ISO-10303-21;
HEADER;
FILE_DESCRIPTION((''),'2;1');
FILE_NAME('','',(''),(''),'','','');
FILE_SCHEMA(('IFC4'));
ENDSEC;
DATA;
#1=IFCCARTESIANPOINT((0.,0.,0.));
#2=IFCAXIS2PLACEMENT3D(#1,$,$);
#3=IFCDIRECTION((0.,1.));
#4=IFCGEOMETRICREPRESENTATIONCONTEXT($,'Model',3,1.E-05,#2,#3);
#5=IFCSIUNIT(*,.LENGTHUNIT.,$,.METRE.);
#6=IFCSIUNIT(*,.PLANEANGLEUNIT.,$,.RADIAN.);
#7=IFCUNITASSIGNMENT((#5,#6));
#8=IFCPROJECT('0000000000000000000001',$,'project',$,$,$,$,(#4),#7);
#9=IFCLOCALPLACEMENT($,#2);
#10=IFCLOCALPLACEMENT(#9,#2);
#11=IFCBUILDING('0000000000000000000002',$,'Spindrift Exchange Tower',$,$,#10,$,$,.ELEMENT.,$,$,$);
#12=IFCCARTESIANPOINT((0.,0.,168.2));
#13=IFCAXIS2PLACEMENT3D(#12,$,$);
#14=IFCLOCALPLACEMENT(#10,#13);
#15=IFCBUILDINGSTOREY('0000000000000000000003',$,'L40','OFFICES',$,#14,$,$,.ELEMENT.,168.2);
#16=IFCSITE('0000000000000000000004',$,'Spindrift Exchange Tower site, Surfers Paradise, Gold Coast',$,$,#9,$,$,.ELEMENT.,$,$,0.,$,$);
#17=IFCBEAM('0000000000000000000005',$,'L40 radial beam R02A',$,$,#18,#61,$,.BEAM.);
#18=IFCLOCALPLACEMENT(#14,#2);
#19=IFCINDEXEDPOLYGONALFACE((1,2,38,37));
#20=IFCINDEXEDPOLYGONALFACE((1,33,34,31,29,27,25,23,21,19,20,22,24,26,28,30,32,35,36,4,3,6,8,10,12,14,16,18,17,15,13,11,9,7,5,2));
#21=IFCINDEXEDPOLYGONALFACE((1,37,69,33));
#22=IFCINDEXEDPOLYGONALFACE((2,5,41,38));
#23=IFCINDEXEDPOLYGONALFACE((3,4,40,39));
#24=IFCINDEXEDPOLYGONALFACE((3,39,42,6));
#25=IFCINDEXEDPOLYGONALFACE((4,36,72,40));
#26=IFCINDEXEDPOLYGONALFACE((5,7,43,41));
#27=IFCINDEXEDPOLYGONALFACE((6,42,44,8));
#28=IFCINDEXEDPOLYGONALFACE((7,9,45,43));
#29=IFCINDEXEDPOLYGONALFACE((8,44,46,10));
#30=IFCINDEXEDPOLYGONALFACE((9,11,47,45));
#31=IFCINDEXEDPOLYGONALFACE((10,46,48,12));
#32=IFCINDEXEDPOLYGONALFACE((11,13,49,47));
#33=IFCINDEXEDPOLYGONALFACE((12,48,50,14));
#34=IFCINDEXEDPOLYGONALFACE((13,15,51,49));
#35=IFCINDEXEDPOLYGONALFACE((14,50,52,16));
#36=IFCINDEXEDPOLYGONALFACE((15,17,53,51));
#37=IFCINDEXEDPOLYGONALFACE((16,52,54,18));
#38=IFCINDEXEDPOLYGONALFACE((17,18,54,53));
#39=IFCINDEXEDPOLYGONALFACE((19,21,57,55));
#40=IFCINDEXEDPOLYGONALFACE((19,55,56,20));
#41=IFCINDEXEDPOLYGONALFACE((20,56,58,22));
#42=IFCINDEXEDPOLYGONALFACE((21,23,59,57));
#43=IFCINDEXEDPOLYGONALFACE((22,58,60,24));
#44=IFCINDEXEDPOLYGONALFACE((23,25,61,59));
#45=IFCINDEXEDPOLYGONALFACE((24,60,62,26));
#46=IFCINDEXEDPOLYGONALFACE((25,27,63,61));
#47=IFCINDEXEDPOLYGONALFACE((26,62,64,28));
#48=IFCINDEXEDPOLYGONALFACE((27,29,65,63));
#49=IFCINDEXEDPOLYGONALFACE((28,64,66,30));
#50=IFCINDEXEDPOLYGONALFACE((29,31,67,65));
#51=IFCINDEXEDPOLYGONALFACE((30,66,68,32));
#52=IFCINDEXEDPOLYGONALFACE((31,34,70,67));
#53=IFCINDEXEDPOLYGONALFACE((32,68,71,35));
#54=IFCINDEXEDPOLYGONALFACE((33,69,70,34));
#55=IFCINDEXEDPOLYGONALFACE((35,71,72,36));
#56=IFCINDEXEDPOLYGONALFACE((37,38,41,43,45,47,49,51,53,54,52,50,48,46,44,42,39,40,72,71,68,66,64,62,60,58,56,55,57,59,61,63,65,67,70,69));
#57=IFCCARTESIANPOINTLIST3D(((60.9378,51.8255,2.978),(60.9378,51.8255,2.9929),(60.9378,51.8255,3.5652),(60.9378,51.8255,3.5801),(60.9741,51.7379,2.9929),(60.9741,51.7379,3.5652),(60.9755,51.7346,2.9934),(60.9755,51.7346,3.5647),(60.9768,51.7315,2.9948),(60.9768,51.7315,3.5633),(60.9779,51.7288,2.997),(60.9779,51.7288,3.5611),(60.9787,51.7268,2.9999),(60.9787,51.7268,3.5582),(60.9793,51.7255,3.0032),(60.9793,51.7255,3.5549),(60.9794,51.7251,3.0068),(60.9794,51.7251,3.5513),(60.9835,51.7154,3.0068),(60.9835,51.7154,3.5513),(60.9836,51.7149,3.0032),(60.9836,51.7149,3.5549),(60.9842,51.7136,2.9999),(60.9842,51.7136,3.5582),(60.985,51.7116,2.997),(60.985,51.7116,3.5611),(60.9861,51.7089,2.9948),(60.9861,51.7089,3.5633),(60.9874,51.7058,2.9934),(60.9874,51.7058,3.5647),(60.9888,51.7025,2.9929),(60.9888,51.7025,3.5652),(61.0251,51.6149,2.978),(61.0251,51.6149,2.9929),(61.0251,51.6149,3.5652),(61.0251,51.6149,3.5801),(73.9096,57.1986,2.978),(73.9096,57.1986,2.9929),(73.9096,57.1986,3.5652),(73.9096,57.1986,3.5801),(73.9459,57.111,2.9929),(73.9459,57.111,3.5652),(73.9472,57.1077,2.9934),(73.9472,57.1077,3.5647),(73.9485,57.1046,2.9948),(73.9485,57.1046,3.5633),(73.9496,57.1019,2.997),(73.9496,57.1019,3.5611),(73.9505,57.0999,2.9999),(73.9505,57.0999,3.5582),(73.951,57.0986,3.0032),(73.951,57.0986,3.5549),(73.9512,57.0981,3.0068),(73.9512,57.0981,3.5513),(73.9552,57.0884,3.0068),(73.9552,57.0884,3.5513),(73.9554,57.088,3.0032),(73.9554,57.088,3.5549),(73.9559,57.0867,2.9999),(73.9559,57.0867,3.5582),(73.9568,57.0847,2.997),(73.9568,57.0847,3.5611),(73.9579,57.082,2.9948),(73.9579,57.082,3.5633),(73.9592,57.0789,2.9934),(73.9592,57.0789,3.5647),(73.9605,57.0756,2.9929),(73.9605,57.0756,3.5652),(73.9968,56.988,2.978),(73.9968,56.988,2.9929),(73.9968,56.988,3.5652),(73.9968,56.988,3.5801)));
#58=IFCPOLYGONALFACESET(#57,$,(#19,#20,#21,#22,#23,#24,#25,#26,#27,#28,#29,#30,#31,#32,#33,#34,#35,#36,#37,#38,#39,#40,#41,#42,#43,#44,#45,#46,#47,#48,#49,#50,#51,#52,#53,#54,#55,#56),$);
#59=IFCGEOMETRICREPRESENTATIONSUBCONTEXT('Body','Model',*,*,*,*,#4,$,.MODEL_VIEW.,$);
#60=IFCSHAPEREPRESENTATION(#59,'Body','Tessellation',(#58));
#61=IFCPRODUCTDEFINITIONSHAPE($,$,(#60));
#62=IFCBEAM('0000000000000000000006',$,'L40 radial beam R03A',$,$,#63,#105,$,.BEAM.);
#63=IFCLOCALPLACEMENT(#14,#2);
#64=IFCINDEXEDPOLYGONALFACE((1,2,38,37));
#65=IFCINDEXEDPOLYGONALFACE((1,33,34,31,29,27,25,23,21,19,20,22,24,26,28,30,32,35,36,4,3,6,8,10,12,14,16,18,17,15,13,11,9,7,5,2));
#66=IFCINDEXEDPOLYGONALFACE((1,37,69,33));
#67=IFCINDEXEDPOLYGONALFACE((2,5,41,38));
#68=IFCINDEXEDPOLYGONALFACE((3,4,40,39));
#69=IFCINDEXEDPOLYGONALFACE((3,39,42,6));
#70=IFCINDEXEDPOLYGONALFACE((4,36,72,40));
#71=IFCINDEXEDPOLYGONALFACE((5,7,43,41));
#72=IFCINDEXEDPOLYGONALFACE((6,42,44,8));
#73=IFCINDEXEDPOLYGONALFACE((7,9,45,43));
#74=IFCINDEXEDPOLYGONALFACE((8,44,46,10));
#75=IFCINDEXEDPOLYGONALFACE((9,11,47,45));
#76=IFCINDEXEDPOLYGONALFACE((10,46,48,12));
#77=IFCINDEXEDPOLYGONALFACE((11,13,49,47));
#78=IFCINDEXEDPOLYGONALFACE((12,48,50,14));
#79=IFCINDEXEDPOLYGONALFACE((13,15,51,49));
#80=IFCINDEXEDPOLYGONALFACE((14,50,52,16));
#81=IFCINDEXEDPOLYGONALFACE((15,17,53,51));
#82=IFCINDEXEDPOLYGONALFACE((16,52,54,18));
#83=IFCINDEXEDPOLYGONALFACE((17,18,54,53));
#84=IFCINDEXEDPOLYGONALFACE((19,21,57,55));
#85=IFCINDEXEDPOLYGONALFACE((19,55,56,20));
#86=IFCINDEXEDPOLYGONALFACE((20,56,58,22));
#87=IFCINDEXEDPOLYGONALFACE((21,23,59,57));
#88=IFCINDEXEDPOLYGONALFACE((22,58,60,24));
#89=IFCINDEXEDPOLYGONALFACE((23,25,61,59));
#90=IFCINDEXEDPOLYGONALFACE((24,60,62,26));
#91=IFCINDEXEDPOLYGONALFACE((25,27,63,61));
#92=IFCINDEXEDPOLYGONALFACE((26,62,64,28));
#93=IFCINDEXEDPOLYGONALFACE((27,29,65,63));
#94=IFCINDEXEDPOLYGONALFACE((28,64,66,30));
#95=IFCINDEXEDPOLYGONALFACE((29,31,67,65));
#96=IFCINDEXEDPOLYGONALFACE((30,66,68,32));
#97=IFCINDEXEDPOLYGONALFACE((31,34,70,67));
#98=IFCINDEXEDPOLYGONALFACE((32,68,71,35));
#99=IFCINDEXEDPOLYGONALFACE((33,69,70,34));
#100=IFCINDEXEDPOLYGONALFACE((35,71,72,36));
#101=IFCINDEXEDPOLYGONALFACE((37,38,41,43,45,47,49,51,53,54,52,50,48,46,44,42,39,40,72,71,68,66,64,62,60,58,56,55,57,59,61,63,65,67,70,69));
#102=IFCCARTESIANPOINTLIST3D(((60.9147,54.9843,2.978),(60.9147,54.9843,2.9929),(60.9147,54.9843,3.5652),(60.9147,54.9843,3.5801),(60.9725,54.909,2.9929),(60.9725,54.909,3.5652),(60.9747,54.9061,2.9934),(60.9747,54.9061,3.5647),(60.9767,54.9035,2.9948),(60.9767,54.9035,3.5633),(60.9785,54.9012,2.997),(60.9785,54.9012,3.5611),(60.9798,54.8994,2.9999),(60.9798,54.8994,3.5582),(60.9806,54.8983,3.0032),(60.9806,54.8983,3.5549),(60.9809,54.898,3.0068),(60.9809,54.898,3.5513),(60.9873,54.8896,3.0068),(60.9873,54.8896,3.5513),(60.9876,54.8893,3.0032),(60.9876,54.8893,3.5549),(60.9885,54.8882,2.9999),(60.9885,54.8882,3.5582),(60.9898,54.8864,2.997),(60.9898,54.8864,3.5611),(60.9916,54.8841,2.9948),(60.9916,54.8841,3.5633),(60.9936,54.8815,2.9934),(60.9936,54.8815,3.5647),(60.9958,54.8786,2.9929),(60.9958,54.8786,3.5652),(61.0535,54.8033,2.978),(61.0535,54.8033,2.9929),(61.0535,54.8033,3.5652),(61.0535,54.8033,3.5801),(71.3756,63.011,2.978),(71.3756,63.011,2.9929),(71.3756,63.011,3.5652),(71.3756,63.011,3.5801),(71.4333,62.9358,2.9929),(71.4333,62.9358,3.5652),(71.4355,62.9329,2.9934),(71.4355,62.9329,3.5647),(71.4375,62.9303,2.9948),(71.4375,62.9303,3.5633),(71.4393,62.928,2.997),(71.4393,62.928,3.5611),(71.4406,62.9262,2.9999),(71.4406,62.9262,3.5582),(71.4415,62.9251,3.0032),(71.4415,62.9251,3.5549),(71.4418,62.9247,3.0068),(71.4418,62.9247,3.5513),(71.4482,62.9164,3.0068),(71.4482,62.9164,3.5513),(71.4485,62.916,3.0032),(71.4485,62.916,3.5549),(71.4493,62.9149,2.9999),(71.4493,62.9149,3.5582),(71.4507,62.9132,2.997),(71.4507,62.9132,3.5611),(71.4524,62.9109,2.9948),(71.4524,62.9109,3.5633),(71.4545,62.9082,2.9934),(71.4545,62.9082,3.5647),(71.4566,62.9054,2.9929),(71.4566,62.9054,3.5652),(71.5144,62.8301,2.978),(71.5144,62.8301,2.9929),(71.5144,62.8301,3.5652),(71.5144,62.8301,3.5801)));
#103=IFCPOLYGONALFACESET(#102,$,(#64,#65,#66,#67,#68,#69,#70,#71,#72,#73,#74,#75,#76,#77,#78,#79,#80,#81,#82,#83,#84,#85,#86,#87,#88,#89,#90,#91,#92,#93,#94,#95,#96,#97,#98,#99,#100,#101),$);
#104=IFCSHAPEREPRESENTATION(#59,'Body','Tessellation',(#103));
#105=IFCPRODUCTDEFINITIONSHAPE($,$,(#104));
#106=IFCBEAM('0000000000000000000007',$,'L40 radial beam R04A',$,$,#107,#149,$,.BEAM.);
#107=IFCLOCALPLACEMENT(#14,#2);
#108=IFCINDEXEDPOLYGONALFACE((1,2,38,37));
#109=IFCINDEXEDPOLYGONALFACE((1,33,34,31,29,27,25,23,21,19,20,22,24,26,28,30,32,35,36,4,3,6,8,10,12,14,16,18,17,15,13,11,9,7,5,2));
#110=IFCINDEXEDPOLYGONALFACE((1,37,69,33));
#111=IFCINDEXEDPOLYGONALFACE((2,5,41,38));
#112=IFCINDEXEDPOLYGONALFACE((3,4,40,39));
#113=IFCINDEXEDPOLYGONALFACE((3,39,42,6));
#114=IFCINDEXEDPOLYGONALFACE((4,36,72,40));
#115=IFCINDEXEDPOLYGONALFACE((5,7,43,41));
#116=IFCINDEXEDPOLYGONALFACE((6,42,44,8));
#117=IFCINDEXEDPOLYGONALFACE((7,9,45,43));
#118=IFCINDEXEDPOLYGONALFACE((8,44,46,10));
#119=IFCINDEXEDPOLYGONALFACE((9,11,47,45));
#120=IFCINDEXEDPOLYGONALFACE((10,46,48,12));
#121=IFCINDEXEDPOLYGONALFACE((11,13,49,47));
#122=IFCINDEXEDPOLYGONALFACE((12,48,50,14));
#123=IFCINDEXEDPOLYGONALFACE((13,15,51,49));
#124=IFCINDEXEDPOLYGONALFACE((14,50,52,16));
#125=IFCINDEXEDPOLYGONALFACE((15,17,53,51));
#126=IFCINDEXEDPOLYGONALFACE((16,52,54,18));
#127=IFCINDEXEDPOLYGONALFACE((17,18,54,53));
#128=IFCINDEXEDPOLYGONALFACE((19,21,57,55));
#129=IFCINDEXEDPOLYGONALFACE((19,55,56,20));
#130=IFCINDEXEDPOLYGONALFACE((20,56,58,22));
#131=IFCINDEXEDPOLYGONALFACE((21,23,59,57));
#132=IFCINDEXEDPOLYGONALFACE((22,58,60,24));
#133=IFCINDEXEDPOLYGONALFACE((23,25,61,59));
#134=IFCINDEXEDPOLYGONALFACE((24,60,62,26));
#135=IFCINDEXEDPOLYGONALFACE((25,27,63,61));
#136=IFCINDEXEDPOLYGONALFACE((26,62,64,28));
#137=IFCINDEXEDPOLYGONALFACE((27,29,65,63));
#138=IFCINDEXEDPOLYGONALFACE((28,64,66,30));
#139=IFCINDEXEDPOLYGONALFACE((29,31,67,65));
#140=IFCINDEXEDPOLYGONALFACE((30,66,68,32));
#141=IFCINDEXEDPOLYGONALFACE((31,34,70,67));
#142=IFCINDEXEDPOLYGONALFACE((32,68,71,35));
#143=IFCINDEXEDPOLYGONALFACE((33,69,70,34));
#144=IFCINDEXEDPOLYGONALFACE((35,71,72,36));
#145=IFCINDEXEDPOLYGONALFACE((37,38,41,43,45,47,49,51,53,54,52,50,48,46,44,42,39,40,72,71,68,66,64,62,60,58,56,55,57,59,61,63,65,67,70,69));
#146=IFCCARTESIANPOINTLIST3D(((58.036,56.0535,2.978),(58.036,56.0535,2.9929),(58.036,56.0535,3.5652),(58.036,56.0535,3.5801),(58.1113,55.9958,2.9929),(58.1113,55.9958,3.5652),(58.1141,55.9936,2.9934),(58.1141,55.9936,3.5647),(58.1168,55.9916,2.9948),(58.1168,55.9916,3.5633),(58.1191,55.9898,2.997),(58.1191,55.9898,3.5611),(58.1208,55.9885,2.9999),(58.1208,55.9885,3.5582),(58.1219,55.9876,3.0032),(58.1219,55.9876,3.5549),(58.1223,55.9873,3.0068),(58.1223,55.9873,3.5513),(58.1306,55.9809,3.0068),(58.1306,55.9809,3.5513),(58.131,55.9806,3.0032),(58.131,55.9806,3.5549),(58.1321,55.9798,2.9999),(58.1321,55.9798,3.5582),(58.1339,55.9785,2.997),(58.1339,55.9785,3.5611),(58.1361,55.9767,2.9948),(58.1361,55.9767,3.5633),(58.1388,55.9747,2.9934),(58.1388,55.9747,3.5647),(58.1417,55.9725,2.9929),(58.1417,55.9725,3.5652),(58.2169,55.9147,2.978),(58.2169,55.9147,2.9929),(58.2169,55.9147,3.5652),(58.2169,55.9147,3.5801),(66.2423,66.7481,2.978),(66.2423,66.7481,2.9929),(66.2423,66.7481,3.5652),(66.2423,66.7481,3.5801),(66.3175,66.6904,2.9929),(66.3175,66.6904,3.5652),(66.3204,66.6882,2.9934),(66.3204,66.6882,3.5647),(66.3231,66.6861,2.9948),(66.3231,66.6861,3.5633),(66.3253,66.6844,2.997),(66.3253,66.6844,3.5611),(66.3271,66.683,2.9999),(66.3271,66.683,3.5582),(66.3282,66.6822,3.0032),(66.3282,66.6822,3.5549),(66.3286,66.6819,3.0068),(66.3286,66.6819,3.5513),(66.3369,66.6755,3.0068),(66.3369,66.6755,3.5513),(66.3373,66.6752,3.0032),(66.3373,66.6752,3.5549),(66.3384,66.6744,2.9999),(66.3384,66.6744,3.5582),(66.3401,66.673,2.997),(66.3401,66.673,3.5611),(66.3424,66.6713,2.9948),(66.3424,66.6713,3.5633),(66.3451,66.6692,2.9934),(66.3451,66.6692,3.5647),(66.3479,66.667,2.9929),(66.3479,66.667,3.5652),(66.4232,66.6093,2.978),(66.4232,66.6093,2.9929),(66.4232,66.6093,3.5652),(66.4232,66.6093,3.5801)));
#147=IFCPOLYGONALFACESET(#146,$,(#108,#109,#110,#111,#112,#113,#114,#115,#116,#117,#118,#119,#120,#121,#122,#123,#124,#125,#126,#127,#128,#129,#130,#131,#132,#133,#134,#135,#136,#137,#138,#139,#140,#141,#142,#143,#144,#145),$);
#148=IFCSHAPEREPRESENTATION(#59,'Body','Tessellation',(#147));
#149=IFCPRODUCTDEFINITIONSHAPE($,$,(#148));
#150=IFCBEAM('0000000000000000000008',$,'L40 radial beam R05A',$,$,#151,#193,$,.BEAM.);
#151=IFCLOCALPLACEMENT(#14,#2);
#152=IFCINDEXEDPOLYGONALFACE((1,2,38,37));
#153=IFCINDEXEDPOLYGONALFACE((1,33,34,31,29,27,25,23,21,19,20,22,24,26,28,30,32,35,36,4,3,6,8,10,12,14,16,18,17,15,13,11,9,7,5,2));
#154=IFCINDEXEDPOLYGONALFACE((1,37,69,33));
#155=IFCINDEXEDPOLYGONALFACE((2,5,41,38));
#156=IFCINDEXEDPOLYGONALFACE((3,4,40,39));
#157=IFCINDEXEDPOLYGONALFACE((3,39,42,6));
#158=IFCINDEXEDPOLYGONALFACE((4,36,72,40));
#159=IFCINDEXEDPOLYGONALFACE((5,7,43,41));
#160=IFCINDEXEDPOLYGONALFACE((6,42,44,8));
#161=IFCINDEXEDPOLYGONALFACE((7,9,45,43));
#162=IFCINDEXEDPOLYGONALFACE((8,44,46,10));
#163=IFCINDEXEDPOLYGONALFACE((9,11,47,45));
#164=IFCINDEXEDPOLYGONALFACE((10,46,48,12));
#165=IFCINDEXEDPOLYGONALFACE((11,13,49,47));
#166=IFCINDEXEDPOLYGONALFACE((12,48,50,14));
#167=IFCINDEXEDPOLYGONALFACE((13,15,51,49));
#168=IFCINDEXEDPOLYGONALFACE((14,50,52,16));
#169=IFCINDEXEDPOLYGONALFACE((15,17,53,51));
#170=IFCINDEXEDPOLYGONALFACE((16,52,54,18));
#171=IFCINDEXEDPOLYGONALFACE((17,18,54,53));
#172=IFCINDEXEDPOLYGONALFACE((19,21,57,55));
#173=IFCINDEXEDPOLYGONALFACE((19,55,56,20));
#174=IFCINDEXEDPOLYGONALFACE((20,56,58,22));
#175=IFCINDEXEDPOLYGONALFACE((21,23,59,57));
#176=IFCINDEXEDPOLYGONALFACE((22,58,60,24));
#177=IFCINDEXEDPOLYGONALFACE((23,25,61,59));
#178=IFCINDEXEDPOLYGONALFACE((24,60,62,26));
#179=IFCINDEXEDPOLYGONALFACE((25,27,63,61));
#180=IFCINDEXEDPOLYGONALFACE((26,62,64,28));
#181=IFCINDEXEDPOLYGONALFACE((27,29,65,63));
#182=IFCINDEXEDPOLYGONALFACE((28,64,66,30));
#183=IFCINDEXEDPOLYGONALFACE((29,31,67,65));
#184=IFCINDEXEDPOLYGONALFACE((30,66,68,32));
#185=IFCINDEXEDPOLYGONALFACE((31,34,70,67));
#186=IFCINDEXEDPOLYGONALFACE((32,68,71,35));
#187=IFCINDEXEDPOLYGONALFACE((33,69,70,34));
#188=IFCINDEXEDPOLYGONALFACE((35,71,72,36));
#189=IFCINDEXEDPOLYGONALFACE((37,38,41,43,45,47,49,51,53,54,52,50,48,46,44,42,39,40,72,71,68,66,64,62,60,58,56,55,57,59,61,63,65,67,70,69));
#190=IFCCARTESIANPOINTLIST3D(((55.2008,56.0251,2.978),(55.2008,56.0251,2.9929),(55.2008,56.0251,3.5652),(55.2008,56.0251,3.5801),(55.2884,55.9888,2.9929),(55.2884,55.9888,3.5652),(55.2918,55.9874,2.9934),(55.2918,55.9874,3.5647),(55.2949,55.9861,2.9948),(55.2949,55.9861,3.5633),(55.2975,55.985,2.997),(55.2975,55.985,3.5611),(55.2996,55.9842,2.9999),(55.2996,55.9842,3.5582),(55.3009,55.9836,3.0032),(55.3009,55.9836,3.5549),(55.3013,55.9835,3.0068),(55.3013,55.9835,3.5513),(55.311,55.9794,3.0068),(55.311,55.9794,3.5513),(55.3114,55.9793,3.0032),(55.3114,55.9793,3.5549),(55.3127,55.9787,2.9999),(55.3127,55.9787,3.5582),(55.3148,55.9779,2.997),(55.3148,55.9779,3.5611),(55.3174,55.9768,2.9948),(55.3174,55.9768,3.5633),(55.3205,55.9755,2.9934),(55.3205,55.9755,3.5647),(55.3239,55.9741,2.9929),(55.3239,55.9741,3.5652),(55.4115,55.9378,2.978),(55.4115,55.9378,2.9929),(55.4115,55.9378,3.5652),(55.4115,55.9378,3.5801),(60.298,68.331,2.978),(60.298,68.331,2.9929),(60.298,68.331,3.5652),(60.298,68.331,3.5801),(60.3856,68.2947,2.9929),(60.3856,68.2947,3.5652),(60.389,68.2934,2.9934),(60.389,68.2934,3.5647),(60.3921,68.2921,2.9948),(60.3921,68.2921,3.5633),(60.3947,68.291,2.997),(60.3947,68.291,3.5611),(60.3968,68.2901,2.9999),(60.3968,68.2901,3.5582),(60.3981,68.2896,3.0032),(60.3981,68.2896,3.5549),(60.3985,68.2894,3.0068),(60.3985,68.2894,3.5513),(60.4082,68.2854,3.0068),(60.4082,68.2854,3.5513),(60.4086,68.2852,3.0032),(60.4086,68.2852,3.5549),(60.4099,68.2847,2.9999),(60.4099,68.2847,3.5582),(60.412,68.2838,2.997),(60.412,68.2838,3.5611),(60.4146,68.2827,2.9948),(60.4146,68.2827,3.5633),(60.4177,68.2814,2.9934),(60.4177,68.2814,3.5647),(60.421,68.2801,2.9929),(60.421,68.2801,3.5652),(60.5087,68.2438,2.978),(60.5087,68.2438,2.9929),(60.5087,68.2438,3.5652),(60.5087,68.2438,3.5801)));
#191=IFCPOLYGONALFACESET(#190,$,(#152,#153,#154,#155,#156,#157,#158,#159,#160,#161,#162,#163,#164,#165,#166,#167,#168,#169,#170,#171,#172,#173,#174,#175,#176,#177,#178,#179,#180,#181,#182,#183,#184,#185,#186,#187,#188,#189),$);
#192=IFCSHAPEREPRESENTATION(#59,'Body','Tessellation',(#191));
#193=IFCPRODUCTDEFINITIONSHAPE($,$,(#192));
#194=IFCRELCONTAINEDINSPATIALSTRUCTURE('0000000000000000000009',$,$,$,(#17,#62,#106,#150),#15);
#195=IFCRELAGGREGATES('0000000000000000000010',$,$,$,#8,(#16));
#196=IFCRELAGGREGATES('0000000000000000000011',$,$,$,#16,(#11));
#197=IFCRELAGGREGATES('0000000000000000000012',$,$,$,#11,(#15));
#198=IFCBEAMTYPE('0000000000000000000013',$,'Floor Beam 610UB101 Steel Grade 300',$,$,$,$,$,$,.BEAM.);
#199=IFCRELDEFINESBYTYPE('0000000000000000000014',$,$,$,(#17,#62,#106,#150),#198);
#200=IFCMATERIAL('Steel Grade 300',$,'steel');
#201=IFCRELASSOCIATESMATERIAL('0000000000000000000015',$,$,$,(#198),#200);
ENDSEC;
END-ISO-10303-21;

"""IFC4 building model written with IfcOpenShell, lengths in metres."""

from ifc_helpers import new_model, si_unit, direction, frame, origin, origin_2d, place, context, subcontext, project, spatial, i_section, extrude, source, transform, mapped, material, material_profile, profile_set, type_object, element, save


model = new_model("IFC4")

# Units and contexts
model_context = context("Model", 3, precision=1e-05, world=origin(), true_north=direction((0.0, 1.0)))
body_context = subcontext(model_context, "Body", "Model", "MODEL_VIEW")
ifc_project = project(units=[si_unit("LENGTHUNIT", "METRE"), si_unit("PLANEANGLEUNIT", "RADIAN")], contexts=[model_context])

# Site, building, storey
site_placement = place(None, origin())
site = spatial("IfcSite", under=ifc_project, at=site_placement, Name="Spindrift Exchange Tower site, Surfers Paradise, Gold Coast", CompositionType="ELEMENT", RefElevation=0.0)
building_placement = place(site_placement, origin())
building = spatial("IfcBuilding", under=site, at=building_placement, Name="Spindrift Exchange Tower", CompositionType="ELEMENT")
storey_placement = place(building_placement, frame((0.0, 0.0, 168.2)))
storey = spatial("IfcBuildingStorey", under=building, at=storey_placement, Name="L40", Description="OFFICES", CompositionType="ELEMENT", Elevation=168.2)

# Beams
ifc_material_1 = material(Name="Steel Grade 300", Category="steel")
ifc_material_profile_1 = material_profile(ifc_material_1, i_section(OverallWidth=0.228, OverallDepth=0.6021, WebThickness=0.0105, FlangeThickness=0.0149, FilletRadius=0.0139, at=origin_2d()), Name="610UB101")
ifc_profile_set_1 = profile_set([ifc_material_profile_1], Name="Steel Grade 300")
beam_type_1 = type_object("IfcBeamType", Name="Floor Beam 610UB101 Steel Grade 300", PredefinedType="BEAM", material=ifc_profile_set_1)
shared_shape_1 = source(origin(), body_context, "Body", "SweptSolid", [
    extrude(i_section(OverallWidth=0.228, OverallDepth=0.6021, WebThickness=0.0105, FlangeThickness=0.0149, FilletRadius=0.0139, at=origin_2d()), origin(), (0.0, 0.0, 1.0), 14.0405),
])
beam_1_placement = place(storey_placement, frame((60.9814, 51.7202, 3.2791), z_axis=(0.92388, 0.382684, 0.0), x_axis=(-0.382684, 0.92388, 0.0)))
element("IfcBeam", 1, at=beam_1_placement, inside=storey, type_object=beam_type_1, Name="L40 radial beam R02A", PredefinedType="BEAM", context=body_context, shape_type="MappedRepresentation", body=[
    mapped(shared_shape_1, transform((0.0, 0.0, 0.0), scale=1.0)),
])
shared_shape_2 = source(origin(), body_context, "Body", "SweptSolid", [
    extrude(i_section(OverallWidth=0.228, OverallDepth=0.6021, WebThickness=0.0105, FlangeThickness=0.0149, FilletRadius=0.0139, at=origin_2d()), origin(), (0.0, 0.0, 1.0), 13.1855),
])
beam_2_placement = place(storey_placement, frame((60.9841, 54.8938, 3.2791), z_axis=(0.793357, 0.608756, 0.0), x_axis=(-0.608756, 0.793357, 0.0)))
element("IfcBeam", 2, at=beam_2_placement, inside=storey, type_object=beam_type_1, Name="L40 radial beam R03A", PredefinedType="BEAM", context=body_context, shape_type="MappedRepresentation", body=[
    mapped(shared_shape_2, transform((0.0, 0.0, 0.0), scale=1.0)),
])
shared_shape_3 = source(origin(), body_context, "Body", "SweptSolid", [
    extrude(i_section(OverallWidth=0.228, OverallDepth=0.6021, WebThickness=0.0105, FlangeThickness=0.0149, FilletRadius=0.0139, at=origin_2d()), origin(), (0.0, 0.0, 1.0), 13.4802),
])
beam_3_placement = place(storey_placement, frame((58.1265, 55.9841, 3.2791), z_axis=(0.608764, 0.793351, 0.0), x_axis=(-0.793351, 0.608764, 0.0)))
element("IfcBeam", 3, at=beam_3_placement, inside=storey, type_object=beam_type_1, Name="L40 radial beam R04A", PredefinedType="BEAM", context=body_context, shape_type="MappedRepresentation", body=[
    mapped(shared_shape_3, transform((0.0, 0.0, 0.0), scale=1.0)),
])
shared_shape_4 = source(origin(), body_context, "Body", "SweptSolid", [
    extrude(i_section(OverallWidth=0.228, OverallDepth=0.6021, WebThickness=0.0105, FlangeThickness=0.0149, FilletRadius=0.0139, at=origin_2d()), origin(), (0.0, 0.0, 1.0), 13.3198),
])
beam_4_placement = place(storey_placement, frame((55.3062, 55.9814, 3.2791), z_axis=(0.382677, 0.923882, 0.0), x_axis=(-0.923882, 0.382677, 0.0)))
element("IfcBeam", 4, at=beam_4_placement, inside=storey, type_object=beam_type_1, Name="L40 radial beam R05A", PredefinedType="BEAM", context=body_context, shape_type="MappedRepresentation", body=[
    mapped(shared_shape_4, transform((0.0, 0.0, 0.0), scale=1.0)),
])

save(model, "model.ifc")
